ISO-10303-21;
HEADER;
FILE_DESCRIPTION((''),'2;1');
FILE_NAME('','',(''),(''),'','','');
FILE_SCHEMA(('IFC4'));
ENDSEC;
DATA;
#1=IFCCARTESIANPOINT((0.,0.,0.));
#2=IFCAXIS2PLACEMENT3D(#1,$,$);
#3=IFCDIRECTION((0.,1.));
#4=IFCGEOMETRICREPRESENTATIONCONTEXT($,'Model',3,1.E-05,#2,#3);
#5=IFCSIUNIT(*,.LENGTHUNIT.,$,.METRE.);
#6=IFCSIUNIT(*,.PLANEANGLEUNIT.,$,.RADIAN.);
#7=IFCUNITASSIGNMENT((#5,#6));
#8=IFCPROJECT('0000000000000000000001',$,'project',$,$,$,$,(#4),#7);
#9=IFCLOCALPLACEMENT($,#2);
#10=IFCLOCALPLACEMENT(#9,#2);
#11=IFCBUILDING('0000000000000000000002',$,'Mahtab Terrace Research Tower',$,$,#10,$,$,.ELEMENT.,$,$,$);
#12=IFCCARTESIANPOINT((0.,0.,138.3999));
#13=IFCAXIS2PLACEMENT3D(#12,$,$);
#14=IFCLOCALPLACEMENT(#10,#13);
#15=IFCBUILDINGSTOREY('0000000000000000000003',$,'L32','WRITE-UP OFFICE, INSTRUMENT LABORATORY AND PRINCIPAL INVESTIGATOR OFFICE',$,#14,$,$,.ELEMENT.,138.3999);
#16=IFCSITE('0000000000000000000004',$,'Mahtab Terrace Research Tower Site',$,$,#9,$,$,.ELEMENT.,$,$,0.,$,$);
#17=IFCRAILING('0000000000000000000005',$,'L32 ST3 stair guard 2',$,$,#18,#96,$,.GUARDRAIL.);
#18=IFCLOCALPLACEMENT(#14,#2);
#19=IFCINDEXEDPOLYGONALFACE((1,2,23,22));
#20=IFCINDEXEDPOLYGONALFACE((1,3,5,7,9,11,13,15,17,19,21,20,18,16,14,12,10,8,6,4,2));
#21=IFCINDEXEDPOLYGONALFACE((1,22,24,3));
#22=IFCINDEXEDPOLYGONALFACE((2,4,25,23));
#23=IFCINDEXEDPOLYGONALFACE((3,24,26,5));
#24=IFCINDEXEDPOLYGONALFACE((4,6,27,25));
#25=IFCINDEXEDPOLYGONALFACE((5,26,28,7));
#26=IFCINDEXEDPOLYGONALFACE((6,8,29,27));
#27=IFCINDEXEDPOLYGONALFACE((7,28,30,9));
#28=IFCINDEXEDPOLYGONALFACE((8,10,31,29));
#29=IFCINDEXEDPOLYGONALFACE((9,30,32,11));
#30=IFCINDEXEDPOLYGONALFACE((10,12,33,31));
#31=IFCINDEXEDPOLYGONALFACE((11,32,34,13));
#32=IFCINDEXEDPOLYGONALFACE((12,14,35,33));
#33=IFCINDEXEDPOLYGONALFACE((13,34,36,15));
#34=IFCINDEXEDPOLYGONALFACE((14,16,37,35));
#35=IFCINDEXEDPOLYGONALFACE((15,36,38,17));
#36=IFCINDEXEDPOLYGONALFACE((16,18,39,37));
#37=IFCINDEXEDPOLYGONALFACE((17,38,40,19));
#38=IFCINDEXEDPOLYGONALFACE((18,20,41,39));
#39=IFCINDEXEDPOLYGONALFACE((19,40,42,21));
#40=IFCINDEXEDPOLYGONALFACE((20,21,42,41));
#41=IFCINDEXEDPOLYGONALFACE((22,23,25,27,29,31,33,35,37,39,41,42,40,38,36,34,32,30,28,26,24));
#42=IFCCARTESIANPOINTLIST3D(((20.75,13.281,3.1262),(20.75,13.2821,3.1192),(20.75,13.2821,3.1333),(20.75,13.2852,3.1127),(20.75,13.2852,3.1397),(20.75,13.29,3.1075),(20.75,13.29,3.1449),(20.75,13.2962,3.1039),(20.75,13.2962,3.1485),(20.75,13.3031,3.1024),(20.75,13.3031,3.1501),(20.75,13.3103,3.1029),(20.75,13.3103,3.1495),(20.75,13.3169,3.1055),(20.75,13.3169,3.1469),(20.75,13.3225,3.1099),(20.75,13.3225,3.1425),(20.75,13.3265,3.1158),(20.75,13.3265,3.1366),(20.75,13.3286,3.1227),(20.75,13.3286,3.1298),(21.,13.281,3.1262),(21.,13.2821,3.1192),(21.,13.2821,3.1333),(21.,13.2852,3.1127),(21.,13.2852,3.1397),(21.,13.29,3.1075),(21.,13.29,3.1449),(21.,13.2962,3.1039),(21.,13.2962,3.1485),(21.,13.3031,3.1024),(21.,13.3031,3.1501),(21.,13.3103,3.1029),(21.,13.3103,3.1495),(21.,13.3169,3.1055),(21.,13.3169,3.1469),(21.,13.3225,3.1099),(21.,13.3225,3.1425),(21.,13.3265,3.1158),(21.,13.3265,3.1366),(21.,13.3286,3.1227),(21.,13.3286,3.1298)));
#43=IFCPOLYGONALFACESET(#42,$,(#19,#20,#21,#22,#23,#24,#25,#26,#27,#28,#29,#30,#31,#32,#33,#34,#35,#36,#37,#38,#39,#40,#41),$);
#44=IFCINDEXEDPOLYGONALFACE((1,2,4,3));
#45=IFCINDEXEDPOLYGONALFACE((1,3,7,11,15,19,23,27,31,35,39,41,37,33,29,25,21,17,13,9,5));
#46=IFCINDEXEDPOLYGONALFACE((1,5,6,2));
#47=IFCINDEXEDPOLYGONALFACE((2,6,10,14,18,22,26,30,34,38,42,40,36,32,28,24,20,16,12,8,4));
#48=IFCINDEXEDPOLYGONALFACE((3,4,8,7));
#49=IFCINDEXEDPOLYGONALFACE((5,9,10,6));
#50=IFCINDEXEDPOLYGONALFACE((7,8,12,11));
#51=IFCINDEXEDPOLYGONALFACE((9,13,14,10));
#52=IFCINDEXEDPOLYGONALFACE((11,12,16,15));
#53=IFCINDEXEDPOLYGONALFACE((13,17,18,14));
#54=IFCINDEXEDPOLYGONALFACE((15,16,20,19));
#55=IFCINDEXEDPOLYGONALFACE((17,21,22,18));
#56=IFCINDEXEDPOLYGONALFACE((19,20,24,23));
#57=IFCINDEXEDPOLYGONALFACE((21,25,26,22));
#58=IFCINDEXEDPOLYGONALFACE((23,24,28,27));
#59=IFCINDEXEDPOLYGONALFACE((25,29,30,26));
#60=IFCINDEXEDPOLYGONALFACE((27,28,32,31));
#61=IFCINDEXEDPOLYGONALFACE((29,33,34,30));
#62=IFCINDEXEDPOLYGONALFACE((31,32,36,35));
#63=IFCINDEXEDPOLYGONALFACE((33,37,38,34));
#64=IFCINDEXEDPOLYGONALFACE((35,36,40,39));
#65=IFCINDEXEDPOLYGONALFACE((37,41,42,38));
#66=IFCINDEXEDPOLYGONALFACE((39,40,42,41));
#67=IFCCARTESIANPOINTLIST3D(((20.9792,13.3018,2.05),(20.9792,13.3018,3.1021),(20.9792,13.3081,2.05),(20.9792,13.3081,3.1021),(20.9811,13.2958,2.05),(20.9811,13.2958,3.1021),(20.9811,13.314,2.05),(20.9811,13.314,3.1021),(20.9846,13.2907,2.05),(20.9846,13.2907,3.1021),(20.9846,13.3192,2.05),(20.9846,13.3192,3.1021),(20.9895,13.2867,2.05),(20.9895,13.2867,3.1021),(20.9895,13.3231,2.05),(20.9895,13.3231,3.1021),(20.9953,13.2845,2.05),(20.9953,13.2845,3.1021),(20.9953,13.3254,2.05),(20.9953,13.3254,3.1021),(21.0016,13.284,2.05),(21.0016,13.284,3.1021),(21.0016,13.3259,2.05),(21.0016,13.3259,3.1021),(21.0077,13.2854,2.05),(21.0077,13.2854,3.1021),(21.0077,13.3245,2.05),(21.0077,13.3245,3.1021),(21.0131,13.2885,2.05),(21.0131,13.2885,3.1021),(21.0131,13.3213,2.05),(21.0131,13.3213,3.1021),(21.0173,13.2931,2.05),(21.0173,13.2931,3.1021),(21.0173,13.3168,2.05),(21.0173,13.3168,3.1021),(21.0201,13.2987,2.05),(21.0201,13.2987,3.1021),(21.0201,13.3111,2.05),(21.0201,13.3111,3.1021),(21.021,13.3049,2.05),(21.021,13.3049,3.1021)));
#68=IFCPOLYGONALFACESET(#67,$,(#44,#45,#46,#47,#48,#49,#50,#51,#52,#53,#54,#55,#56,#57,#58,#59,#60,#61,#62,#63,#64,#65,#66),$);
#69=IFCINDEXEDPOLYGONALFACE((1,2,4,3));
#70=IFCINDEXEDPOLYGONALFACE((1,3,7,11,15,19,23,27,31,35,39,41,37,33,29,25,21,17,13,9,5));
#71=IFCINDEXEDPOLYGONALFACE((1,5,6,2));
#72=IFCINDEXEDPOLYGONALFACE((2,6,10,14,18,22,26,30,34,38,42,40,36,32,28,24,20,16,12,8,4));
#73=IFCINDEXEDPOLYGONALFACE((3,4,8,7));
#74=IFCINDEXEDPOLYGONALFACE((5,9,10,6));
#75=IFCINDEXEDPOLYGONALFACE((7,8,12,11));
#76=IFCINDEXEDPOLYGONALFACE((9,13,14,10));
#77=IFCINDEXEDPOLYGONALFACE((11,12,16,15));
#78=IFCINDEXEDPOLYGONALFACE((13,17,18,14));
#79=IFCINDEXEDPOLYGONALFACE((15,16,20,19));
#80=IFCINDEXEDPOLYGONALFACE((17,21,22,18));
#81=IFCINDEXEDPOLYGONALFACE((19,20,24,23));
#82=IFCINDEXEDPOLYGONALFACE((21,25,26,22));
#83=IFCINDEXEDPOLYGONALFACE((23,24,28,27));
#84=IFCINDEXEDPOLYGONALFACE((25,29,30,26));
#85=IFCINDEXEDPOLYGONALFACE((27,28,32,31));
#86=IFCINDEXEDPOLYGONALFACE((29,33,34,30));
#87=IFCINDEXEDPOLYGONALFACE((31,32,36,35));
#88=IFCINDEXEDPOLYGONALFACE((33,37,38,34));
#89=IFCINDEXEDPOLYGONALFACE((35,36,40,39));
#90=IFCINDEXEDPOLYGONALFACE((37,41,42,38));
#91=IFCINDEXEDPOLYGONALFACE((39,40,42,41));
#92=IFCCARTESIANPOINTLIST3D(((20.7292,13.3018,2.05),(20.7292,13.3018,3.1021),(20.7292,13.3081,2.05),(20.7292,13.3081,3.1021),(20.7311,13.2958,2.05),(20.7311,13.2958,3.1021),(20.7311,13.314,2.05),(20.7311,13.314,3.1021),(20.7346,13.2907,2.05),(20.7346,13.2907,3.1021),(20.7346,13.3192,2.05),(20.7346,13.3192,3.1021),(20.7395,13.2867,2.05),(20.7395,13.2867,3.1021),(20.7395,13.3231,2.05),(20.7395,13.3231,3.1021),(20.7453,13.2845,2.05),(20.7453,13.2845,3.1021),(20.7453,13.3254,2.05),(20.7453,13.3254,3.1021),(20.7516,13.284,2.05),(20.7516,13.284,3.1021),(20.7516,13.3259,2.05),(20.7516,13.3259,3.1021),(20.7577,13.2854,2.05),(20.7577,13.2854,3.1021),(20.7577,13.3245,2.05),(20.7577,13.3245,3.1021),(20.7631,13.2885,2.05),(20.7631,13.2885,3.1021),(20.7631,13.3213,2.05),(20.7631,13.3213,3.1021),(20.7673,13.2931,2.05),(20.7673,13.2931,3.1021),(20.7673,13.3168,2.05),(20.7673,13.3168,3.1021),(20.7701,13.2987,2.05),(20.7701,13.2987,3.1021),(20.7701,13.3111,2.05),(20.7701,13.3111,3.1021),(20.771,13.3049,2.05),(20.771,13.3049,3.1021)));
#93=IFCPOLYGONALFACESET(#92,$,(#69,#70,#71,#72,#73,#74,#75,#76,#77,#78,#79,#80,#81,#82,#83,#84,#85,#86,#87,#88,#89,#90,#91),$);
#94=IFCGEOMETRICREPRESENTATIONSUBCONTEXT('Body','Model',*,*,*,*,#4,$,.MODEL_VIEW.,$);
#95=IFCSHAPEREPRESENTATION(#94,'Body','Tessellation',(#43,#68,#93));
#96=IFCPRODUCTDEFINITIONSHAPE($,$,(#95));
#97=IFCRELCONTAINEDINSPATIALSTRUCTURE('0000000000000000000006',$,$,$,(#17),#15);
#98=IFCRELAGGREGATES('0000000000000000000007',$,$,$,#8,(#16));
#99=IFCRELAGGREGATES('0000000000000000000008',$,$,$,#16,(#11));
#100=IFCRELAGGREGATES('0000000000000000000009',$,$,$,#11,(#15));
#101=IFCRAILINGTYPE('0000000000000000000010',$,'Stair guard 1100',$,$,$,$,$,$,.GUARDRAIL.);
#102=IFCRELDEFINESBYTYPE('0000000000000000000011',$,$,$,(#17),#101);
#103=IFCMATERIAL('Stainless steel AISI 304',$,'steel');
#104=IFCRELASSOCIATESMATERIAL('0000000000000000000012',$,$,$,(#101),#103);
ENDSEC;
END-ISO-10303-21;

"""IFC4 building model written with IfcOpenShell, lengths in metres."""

from ifc_helpers import new_model, si_unit, direction, frame, origin, origin_2d, place, context, subcontext, project, spatial, circle, extrude, material, type_object, element, save


model = new_model("IFC4")

# Units and contexts
model_context = context("Model", 3, precision=1e-05, world=origin(), true_north=direction((0.0, 1.0)))
body_context = subcontext(model_context, "Body", "Model", "MODEL_VIEW")
ifc_project = project(units=[si_unit("LENGTHUNIT", "METRE"), si_unit("PLANEANGLEUNIT", "RADIAN")], contexts=[model_context])

# Site, building, storey
site_placement = place(None, origin())
site = spatial("IfcSite", under=ifc_project, at=site_placement, Name="Mahtab Terrace Research Tower Site", CompositionType="ELEMENT", RefElevation=0.0)
building_placement = place(site_placement, origin())
building = spatial("IfcBuilding", under=site, at=building_placement, Name="Mahtab Terrace Research Tower", CompositionType="ELEMENT")
storey_placement = place(building_placement, frame((0.0, 0.0, 138.3999)))
storey = spatial("IfcBuildingStorey", under=building, at=storey_placement, Name="L32", Description="WRITE-UP OFFICE, INSTRUMENT LABORATORY AND PRINCIPAL INVESTIGATOR OFFICE", CompositionType="ELEMENT", Elevation=138.3999)

# Shared definitions
ifc_material_1 = material(Name="Stainless steel AISI 304", Category="steel")

# Railing
railing_type_1 = type_object("IfcRailingType", Name="Stair guard 1100", PredefinedType="GUARDRAIL", material=ifc_material_1)
railing_1_placement = place(storey_placement, frame((21.0, 13.3049, 2.05)))
element("IfcRailing", 1, at=railing_1_placement, inside=storey, type_object=railing_type_1, Name="L32 ST3 stair guard 2", PredefinedType="GUARDRAIL", context=body_context, shape_type="SweptSolid", body=[
    extrude(circle(Radius=0.0239, at=origin_2d()), frame((0.0, 0.0, 1.0762), z_axis=(-1.0, 0.0, 0.0), x_axis=(0.0, -1.0, 0.0)), (0.0, 0.0, 1.0), 0.25),
    extrude(circle(Radius=0.021, at=origin_2d()), origin(), (0.0, 0.0, 1.0), 1.052),
    extrude(circle(Radius=0.021, at=origin_2d()), frame((-0.25, 0.0, 0.0)), (0.0, 0.0, 1.0), 1.052),
])

save(model, "model.ifc")
